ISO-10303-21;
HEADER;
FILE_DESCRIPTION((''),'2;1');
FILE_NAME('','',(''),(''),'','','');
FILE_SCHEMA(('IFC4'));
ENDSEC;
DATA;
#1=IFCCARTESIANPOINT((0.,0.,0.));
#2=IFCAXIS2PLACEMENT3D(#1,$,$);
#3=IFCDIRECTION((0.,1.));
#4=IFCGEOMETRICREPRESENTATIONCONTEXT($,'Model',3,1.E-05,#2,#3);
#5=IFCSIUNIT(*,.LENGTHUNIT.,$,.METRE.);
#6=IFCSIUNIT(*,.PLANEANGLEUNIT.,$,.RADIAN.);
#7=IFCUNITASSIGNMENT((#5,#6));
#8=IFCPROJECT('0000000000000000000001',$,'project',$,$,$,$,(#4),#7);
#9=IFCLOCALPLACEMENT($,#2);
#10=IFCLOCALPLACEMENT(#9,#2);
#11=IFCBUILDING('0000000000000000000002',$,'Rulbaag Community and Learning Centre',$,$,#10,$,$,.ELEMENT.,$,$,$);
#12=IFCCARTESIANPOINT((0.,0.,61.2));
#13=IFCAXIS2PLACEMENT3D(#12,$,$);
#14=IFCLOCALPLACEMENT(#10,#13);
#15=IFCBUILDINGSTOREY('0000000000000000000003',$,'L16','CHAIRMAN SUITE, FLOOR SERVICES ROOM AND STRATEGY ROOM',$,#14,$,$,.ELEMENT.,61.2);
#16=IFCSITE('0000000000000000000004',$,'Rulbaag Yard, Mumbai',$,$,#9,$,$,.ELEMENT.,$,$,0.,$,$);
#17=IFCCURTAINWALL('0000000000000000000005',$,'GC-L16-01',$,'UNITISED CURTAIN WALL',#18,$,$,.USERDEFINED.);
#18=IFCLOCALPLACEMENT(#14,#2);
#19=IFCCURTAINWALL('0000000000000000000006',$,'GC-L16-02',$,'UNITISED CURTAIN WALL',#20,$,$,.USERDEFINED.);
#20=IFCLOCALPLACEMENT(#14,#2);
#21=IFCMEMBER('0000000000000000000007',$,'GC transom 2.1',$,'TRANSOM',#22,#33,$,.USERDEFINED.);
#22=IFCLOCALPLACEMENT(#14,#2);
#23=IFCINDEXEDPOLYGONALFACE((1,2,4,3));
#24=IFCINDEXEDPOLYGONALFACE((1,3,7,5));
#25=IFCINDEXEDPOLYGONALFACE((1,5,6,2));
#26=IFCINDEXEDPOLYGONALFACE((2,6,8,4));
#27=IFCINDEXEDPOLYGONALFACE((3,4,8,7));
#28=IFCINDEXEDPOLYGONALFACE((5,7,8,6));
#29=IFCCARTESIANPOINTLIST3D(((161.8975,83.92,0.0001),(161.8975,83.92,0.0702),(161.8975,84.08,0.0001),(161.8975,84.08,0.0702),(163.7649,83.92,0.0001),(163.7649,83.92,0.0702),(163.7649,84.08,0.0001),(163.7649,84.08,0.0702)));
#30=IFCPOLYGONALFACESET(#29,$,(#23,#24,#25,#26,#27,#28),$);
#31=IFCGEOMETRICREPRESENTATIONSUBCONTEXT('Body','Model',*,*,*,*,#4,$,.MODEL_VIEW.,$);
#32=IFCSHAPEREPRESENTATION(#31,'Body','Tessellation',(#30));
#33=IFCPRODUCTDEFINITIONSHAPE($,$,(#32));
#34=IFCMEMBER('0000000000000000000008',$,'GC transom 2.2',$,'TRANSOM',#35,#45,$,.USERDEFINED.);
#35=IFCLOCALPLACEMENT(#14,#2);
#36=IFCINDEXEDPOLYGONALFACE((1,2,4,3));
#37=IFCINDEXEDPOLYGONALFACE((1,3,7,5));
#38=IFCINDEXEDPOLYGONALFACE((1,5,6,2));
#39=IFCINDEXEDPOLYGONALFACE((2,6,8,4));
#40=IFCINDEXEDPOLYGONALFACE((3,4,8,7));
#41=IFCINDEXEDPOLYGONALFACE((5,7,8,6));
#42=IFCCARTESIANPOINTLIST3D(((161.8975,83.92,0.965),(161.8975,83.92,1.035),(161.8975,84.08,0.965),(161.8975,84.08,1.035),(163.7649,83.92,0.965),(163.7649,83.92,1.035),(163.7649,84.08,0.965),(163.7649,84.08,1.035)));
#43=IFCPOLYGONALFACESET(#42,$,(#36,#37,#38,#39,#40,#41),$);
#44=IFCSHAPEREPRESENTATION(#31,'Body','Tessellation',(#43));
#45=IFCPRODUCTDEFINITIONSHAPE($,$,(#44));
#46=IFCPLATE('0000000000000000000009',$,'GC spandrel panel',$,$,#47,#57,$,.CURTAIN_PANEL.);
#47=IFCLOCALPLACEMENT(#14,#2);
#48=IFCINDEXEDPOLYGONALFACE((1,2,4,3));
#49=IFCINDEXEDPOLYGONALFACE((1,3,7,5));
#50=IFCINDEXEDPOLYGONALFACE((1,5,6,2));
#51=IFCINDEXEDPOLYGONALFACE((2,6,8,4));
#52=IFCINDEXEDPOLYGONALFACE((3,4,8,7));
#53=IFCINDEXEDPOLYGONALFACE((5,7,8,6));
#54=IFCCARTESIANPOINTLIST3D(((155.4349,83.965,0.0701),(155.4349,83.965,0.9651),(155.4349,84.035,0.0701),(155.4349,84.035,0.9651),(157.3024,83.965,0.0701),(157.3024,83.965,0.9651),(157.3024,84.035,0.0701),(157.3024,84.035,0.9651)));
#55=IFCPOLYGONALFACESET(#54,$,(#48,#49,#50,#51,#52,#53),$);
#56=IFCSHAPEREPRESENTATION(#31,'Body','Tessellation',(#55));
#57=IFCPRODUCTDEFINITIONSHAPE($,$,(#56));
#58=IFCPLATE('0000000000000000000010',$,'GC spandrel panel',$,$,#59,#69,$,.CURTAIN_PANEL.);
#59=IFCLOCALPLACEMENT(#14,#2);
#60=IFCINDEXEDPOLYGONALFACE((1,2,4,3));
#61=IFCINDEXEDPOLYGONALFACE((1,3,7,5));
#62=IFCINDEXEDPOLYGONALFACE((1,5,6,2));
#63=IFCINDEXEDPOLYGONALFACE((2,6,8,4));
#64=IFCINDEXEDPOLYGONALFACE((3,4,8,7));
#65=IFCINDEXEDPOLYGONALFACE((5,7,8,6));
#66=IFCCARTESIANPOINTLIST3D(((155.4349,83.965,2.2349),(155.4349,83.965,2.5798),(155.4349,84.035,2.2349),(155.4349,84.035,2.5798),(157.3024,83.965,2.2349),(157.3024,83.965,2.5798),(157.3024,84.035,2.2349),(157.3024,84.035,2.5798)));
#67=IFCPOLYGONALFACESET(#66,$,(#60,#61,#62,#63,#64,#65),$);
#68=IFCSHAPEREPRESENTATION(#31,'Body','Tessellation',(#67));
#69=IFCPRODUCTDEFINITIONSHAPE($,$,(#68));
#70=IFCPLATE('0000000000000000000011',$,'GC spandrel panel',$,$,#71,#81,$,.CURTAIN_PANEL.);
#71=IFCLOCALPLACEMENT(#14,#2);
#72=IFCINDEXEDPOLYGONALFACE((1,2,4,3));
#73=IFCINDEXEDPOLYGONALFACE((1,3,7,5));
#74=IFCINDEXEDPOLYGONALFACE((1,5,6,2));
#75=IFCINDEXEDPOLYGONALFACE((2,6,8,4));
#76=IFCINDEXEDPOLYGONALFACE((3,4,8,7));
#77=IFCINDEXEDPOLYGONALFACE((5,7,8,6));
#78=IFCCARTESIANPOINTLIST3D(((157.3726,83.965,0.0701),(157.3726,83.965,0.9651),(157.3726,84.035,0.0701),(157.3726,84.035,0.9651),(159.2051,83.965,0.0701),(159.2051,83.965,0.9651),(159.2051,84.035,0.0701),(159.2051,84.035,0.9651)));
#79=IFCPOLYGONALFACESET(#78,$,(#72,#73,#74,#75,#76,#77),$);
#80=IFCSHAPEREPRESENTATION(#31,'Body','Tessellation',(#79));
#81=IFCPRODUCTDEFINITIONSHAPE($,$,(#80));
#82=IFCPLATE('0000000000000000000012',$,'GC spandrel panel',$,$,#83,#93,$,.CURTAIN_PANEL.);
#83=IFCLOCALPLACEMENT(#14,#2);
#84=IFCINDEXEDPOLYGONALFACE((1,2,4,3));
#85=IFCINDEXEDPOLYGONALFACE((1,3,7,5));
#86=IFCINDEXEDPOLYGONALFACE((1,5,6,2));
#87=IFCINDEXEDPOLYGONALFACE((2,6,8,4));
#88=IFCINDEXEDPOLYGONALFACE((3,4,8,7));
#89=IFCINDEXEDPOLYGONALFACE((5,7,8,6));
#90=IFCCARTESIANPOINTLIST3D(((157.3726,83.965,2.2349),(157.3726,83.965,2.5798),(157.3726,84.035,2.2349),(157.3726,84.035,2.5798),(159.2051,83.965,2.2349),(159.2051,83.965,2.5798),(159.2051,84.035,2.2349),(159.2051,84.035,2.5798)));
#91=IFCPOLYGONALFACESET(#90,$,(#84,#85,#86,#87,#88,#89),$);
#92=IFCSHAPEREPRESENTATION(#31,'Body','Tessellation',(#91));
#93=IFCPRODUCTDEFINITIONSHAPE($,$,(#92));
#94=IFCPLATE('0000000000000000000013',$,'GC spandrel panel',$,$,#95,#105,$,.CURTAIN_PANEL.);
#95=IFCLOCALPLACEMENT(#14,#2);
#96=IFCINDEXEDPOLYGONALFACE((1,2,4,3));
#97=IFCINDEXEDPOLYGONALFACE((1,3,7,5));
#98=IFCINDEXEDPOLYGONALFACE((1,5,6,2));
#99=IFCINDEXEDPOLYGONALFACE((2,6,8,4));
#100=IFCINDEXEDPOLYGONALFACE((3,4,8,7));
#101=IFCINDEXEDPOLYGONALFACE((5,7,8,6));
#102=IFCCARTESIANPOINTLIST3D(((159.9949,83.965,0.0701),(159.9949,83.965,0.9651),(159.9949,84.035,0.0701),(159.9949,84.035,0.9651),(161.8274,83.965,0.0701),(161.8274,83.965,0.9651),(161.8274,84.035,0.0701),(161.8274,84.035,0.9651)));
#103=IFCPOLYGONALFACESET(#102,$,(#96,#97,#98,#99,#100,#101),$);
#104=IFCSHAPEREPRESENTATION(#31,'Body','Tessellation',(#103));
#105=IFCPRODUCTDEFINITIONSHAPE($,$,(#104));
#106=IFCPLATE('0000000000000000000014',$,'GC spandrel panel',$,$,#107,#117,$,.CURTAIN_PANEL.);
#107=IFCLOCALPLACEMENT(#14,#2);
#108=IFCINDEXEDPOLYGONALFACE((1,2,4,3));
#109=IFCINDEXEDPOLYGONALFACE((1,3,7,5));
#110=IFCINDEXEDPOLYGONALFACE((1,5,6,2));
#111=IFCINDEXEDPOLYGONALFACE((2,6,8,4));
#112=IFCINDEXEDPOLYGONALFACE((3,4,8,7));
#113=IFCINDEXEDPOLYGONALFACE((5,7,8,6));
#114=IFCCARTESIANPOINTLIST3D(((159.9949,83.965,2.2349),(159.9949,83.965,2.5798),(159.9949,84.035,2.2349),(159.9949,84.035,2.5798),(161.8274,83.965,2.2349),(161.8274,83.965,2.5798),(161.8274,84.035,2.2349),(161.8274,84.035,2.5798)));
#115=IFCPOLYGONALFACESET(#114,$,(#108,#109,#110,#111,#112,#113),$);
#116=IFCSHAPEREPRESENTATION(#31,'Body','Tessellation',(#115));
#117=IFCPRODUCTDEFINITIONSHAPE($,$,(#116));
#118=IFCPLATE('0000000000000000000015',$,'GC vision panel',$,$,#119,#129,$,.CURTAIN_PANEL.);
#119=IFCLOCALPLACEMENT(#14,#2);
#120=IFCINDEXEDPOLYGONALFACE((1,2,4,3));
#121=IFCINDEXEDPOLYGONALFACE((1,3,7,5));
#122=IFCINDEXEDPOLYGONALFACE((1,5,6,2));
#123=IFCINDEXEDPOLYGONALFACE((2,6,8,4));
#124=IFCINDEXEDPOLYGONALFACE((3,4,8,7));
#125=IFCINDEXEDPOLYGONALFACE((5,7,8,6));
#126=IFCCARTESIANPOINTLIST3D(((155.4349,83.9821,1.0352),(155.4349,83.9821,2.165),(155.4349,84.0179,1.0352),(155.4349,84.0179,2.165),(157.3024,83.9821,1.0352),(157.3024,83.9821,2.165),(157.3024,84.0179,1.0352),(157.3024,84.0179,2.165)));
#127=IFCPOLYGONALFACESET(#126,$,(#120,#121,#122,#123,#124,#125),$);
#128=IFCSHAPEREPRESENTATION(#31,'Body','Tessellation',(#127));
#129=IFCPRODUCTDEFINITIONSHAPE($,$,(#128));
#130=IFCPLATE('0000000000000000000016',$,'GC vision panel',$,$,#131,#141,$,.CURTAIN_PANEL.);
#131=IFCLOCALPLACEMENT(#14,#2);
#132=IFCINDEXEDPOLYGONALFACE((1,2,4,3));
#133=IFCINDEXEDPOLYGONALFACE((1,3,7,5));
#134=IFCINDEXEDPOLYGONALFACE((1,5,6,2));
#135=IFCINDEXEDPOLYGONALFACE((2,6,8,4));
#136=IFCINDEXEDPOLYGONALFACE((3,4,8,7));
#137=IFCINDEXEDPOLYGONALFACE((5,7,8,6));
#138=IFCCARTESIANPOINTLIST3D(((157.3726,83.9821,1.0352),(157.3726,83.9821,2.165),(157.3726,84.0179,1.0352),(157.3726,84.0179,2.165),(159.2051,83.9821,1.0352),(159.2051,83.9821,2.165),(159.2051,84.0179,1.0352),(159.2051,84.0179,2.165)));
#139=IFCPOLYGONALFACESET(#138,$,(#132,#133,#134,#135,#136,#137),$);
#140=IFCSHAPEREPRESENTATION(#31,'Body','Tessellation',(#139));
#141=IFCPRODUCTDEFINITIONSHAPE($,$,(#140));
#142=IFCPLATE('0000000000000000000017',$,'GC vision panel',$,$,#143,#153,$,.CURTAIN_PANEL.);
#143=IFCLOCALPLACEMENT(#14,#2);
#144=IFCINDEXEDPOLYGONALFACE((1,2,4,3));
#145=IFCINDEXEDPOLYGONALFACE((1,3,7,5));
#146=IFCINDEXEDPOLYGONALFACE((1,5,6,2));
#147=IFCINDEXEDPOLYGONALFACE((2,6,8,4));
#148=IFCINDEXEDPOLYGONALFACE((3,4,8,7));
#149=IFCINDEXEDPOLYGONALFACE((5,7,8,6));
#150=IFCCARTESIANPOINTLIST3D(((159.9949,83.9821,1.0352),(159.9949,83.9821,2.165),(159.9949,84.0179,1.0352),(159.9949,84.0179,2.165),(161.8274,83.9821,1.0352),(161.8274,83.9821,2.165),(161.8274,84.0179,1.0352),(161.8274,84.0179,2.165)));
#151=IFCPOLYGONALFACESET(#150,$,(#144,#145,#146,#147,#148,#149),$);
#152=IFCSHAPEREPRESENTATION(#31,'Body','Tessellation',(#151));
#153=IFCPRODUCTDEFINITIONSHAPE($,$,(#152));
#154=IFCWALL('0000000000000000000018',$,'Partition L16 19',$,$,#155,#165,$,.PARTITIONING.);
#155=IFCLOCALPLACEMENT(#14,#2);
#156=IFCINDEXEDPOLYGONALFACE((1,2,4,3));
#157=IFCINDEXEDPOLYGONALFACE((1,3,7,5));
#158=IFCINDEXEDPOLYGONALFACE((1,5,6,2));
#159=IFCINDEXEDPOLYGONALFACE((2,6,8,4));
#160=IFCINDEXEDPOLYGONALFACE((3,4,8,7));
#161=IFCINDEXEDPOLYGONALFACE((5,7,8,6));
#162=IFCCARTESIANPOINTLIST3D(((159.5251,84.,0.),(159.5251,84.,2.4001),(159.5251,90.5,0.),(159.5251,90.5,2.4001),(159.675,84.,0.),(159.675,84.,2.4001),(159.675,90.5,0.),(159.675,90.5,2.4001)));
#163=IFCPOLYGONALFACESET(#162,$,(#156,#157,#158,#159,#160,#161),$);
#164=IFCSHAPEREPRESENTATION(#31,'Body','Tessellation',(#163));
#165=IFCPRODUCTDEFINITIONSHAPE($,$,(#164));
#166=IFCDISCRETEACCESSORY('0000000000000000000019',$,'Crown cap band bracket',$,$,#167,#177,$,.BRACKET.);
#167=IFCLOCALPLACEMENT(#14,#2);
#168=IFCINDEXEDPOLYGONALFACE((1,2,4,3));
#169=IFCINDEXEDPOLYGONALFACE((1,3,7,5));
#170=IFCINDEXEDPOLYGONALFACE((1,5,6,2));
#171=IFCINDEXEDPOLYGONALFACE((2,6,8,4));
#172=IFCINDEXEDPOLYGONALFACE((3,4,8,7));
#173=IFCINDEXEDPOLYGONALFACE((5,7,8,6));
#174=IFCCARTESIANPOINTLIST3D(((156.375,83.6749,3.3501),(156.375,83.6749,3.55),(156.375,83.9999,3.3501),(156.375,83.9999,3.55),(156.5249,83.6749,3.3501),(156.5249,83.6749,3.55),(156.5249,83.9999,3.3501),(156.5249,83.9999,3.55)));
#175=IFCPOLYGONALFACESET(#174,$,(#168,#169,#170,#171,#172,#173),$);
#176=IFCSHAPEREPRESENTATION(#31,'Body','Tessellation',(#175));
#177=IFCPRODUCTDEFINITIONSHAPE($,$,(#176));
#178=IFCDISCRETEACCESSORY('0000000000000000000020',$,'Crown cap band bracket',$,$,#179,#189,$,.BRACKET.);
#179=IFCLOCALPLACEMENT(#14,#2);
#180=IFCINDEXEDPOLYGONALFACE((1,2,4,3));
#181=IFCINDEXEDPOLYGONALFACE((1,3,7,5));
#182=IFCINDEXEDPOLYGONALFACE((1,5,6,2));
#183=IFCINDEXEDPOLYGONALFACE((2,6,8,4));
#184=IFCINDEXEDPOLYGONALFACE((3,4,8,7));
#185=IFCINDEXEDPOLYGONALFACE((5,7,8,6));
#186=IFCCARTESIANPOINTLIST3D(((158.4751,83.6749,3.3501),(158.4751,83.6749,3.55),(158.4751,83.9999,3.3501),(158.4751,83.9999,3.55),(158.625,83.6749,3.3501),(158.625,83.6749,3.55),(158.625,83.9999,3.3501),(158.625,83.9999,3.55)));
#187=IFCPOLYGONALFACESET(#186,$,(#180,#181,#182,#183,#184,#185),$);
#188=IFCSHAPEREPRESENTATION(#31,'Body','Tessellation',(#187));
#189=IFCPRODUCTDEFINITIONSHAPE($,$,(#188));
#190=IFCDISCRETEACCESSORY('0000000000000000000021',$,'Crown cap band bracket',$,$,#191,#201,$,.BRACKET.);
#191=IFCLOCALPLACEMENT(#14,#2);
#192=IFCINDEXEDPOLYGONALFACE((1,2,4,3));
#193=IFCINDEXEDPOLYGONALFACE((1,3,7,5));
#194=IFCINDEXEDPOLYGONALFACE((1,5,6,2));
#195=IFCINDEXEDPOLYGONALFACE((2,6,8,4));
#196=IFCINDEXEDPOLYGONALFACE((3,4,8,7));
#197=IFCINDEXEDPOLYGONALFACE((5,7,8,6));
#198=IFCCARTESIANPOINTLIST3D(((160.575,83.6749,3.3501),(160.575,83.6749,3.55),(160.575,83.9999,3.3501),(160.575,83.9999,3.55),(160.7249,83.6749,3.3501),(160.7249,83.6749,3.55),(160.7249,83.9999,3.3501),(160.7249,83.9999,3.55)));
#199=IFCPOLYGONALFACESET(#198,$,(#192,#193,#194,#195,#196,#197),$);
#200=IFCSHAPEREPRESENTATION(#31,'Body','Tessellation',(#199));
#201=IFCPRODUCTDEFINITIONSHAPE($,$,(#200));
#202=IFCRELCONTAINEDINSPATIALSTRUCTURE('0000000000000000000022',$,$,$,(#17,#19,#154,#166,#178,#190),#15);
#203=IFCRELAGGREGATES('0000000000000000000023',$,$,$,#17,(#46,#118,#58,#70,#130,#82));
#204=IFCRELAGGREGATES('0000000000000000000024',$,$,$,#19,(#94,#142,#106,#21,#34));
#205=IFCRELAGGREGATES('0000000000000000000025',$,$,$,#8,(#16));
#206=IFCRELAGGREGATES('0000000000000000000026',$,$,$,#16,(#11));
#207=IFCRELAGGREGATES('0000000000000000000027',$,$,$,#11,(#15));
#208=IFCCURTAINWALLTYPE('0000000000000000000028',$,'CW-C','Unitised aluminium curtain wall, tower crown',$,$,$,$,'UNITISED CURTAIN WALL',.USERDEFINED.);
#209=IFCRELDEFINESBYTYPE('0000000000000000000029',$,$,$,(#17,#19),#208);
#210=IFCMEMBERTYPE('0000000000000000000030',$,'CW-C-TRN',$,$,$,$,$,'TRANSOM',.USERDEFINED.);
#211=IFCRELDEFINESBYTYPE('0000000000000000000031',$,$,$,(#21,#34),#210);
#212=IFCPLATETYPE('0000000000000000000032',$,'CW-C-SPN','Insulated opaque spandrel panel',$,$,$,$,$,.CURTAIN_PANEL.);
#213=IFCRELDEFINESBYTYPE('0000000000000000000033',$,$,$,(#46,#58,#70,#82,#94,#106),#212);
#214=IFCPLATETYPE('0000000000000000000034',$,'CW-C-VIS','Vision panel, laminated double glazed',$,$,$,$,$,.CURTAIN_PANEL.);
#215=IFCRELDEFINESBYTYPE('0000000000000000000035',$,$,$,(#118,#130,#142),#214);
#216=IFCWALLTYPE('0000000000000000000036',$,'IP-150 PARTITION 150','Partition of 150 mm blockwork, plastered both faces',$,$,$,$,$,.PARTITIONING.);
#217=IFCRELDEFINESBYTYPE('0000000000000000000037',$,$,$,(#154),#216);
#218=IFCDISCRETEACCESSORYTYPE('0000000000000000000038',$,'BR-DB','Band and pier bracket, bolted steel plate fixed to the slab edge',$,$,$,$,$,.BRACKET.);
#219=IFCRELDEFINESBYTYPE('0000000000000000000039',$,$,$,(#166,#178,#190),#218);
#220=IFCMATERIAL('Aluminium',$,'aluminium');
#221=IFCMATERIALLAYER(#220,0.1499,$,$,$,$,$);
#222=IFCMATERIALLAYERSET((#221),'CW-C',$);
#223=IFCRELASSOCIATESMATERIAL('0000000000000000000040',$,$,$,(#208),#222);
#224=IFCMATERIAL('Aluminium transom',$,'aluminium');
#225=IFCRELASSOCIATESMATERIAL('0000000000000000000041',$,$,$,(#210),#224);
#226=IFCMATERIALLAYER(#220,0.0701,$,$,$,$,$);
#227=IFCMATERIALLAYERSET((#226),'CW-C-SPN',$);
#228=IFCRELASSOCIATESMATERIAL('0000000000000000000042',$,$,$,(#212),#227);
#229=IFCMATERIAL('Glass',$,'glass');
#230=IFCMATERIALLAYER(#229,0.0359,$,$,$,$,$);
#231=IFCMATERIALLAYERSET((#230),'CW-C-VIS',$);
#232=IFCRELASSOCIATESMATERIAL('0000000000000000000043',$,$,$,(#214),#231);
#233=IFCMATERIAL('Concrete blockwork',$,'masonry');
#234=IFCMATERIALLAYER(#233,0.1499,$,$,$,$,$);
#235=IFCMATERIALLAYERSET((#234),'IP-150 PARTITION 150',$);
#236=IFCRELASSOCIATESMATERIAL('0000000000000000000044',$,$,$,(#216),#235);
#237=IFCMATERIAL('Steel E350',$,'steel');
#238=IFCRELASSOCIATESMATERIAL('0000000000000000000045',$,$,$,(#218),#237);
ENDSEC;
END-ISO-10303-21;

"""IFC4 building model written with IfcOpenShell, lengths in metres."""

from ifc_helpers import new_model, si_unit, direction, frame, frame_2d, origin, origin_2d, place, context, subcontext, project, spatial, rectangle, extrude, material, layer, layer_set, material_profile, profile_set, type_object, element, aggregate, save


model = new_model("IFC4")

# Units and contexts
model_context = context("Model", 3, precision=1e-05, world=origin(), true_north=direction((0.0, 1.0)))
body_context = subcontext(model_context, "Body", "Model", "MODEL_VIEW")
ifc_project = project(units=[si_unit("LENGTHUNIT", "METRE"), si_unit("PLANEANGLEUNIT", "RADIAN")], contexts=[model_context])

# Site, building, storey
site_placement = place(None, origin())
site = spatial("IfcSite", under=ifc_project, at=site_placement, Name="Rulbaag Yard, Mumbai", CompositionType="ELEMENT", RefElevation=0.0)
building_placement = place(site_placement, origin())
building = spatial("IfcBuilding", under=site, at=building_placement, Name="Rulbaag Community and Learning Centre", CompositionType="ELEMENT")
storey_placement = place(building_placement, frame((0.0, 0.0, 61.2)))
storey = spatial("IfcBuildingStorey", under=building, at=storey_placement, Name="L16", Description="CHAIRMAN SUITE, FLOOR SERVICES ROOM AND STRATEGY ROOM", CompositionType="ELEMENT", Elevation=61.2)

# Curtain walls
ifc_material_1 = material(Name="Aluminium", Category="aluminium")
ifc_layer_1 = layer(ifc_material_1, 0.1499)
ifc_layer_set_1 = layer_set([ifc_layer_1], Name="CW-C")
curtain_wall_type = type_object("IfcCurtainWallType", Name="CW-C", Description="Unitised aluminium curtain wall, tower crown", ElementType="UNITISED CURTAIN WALL", PredefinedType="USERDEFINED", material=ifc_layer_set_1)
curtain_wall_1_placement = place(storey_placement, origin())
curtain_wall_1 = element("IfcCurtainWall", 1, at=curtain_wall_1_placement, inside=storey, type_object=curtain_wall_type, Name="GC-L16-01", ObjectType="UNITISED CURTAIN WALL", PredefinedType="USERDEFINED")
curtain_wall_2_placement = place(storey_placement, origin())
curtain_wall_2 = element("IfcCurtainWall", 2, at=curtain_wall_2_placement, inside=storey, type_object=curtain_wall_type, Name="GC-L16-02", ObjectType="UNITISED CURTAIN WALL", PredefinedType="USERDEFINED")

# Members
ifc_material_2 = material(Name="Aluminium transom", Category="aluminium")
ifc_material_profile_1 = material_profile(ifc_material_2, rectangle(XDim=0.1599, YDim=0.0701, at=origin_2d()), Name="AL 70x160 T")
ifc_profile_set_1 = profile_set([ifc_material_profile_1], Name="Aluminium transom")
member_type_1 = type_object("IfcMemberType", Name="CW-C-TRN", ElementType="TRANSOM", PredefinedType="USERDEFINED", material=ifc_profile_set_1)
member_1_placement = place(storey_placement, frame((161.8975, 84.0, 0.0352), z_axis=(1.0, 0.0, 0.0), x_axis=(0.0, 1.0, 0.0)))
member_1 = element("IfcMember", 3, at=member_1_placement, type_object=member_type_1, Name="GC transom 2.1", ObjectType="TRANSOM", PredefinedType="USERDEFINED", context=body_context, shape_type="SweptSolid", body=[
    extrude(rectangle(XDim=0.1599, YDim=0.0701, at=origin_2d()), origin(), (0.0, 0.0, 1.0), 1.8674),
])
member_2_placement = place(storey_placement, frame((161.8975, 84.0, 1.0), z_axis=(1.0, 0.0, 0.0), x_axis=(0.0, 1.0, 0.0)))
member_2 = element("IfcMember", 4, at=member_2_placement, type_object=member_type_1, Name="GC transom 2.2", ObjectType="TRANSOM", PredefinedType="USERDEFINED", context=body_context, shape_type="SweptSolid", body=[
    extrude(rectangle(XDim=0.1599, YDim=0.0701, at=origin_2d()), origin(), (0.0, 0.0, 1.0), 1.8674),
])

# Plates
ifc_layer_2 = layer(ifc_material_1, 0.0701)
ifc_layer_set_2 = layer_set([ifc_layer_2], Name="CW-C-SPN")
plate_type_1 = type_object("IfcPlateType", Name="CW-C-SPN", Description="Insulated opaque spandrel panel", PredefinedType="CURTAIN_PANEL", material=ifc_layer_set_2)
plate_1_placement = place(storey_placement, frame((156.3687, 84.0, 0.0701), z_axis=(0.0, 0.0, 1.0), x_axis=(1.0, 0.0, 0.0)))
plate_1 = element("IfcPlate", 5, at=plate_1_placement, type_object=plate_type_1, Name="GC spandrel panel", PredefinedType="CURTAIN_PANEL", context=body_context, shape_type="SweptSolid", body=[
    extrude(rectangle(XDim=1.8674, YDim=0.0701, at=origin_2d()), origin(), (0.0, 0.0, 1.0), 0.895),
])
plate_2_placement = place(storey_placement, frame((156.3687, 84.0, 2.2349), z_axis=(0.0, 0.0, 1.0), x_axis=(1.0, 0.0, 0.0)))
plate_2 = element("IfcPlate", 6, at=plate_2_placement, type_object=plate_type_1, Name="GC spandrel panel", PredefinedType="CURTAIN_PANEL", context=body_context, shape_type="SweptSolid", body=[
    extrude(rectangle(XDim=1.8674, YDim=0.0701, at=origin_2d()), origin(), (0.0, 0.0, 1.0), 0.345),
])
plate_3_placement = place(storey_placement, frame((158.2888, 84.0, 0.0701), z_axis=(0.0, 0.0, 1.0), x_axis=(1.0, 0.0, 0.0)))
plate_3 = element("IfcPlate", 7, at=plate_3_placement, type_object=plate_type_1, Name="GC spandrel panel", PredefinedType="CURTAIN_PANEL", context=body_context, shape_type="SweptSolid", body=[
    extrude(rectangle(XDim=1.8325, YDim=0.0701, at=origin_2d()), origin(), (0.0, 0.0, 1.0), 0.895),
])
plate_4_placement = place(storey_placement, frame((158.2888, 84.0, 2.2349), z_axis=(0.0, 0.0, 1.0), x_axis=(1.0, 0.0, 0.0)))
plate_4 = element("IfcPlate", 8, at=plate_4_placement, type_object=plate_type_1, Name="GC spandrel panel", PredefinedType="CURTAIN_PANEL", context=body_context, shape_type="SweptSolid", body=[
    extrude(rectangle(XDim=1.8325, YDim=0.0701, at=origin_2d()), origin(), (0.0, 0.0, 1.0), 0.345),
])
plate_5_placement = place(storey_placement, frame((160.9111, 84.0, 0.0701), z_axis=(0.0, 0.0, 1.0), x_axis=(1.0, 0.0, 0.0)))
plate_5 = element("IfcPlate", 9, at=plate_5_placement, type_object=plate_type_1, Name="GC spandrel panel", PredefinedType="CURTAIN_PANEL", context=body_context, shape_type="SweptSolid", body=[
    extrude(rectangle(XDim=1.8325, YDim=0.0701, at=origin_2d()), origin(), (0.0, 0.0, 1.0), 0.895),
])
plate_6_placement = place(storey_placement, frame((160.9111, 84.0, 2.2349), z_axis=(0.0, 0.0, 1.0), x_axis=(1.0, 0.0, 0.0)))
plate_6 = element("IfcPlate", 10, at=plate_6_placement, type_object=plate_type_1, Name="GC spandrel panel", PredefinedType="CURTAIN_PANEL", context=body_context, shape_type="SweptSolid", body=[
    extrude(rectangle(XDim=1.8325, YDim=0.0701, at=origin_2d()), origin(), (0.0, 0.0, 1.0), 0.345),
])
ifc_material_3 = material(Name="Glass", Category="glass")
ifc_layer_3 = layer(ifc_material_3, 0.0359)
ifc_layer_set_3 = layer_set([ifc_layer_3], Name="CW-C-VIS")
plate_type_2 = type_object("IfcPlateType", Name="CW-C-VIS", Description="Vision panel, laminated double glazed", PredefinedType="CURTAIN_PANEL", material=ifc_layer_set_3)
plate_7_placement = place(storey_placement, frame((156.3687, 84.0, 1.0352), z_axis=(0.0, 0.0, 1.0), x_axis=(1.0, 0.0, 0.0)))
plate_7 = element("IfcPlate", 11, at=plate_7_placement, type_object=plate_type_2, Name="GC vision panel", PredefinedType="CURTAIN_PANEL", context=body_context, shape_type="SweptSolid", body=[
    extrude(rectangle(XDim=1.8674, YDim=0.0359, at=origin_2d()), origin(), (0.0, 0.0, 1.0), 1.1299),
])
plate_8_placement = place(storey_placement, frame((158.2888, 84.0, 1.0352), z_axis=(0.0, 0.0, 1.0), x_axis=(1.0, 0.0, 0.0)))
plate_8 = element("IfcPlate", 12, at=plate_8_placement, type_object=plate_type_2, Name="GC vision panel", PredefinedType="CURTAIN_PANEL", context=body_context, shape_type="SweptSolid", body=[
    extrude(rectangle(XDim=1.8325, YDim=0.0359, at=origin_2d()), origin(), (0.0, 0.0, 1.0), 1.1299),
])
aggregate(curtain_wall_1, [plate_1, plate_7, plate_2, plate_3, plate_8, plate_4])
plate_9_placement = place(storey_placement, frame((160.9111, 84.0, 1.0352), z_axis=(0.0, 0.0, 1.0), x_axis=(1.0, 0.0, 0.0)))
plate_9 = element("IfcPlate", 13, at=plate_9_placement, type_object=plate_type_2, Name="GC vision panel", PredefinedType="CURTAIN_PANEL", context=body_context, shape_type="SweptSolid", body=[
    extrude(rectangle(XDim=1.8325, YDim=0.0359, at=origin_2d()), origin(), (0.0, 0.0, 1.0), 1.1299),
])
aggregate(curtain_wall_2, [plate_5, plate_9, plate_6, member_1, member_2])

# Wall
ifc_material_4 = material(Name="Concrete blockwork", Category="masonry")
ifc_layer_4 = layer(ifc_material_4, 0.1499)
ifc_layer_set_4 = layer_set([ifc_layer_4], Name="IP-150 PARTITION 150")
wall_type = type_object("IfcWallType", Name="IP-150 PARTITION 150", Description="Partition of 150 mm blockwork, plastered both faces", PredefinedType="PARTITIONING", material=ifc_layer_set_4)
wall_placement = place(storey_placement, frame((159.6001, 84.0, 0.0), z_axis=(0.0, 0.0, 1.0), x_axis=(0.0, 1.0, 0.0)))
element("IfcWall", 14, at=wall_placement, inside=storey, type_object=wall_type, Name="Partition L16 19", PredefinedType="PARTITIONING", context=body_context, shape_type="SweptSolid", body=[
    extrude(rectangle(XDim=6.5, YDim=0.1499, at=frame_2d((3.25, 0.0))), origin(), (0.0, 0.0, 1.0), 2.4001),
])

# Discrete accessories
ifc_material_5 = material(Name="Steel E350", Category="steel")
discrete_accessory_type_1 = type_object("IfcDiscreteAccessoryType", Name="BR-DB", Description="Band and pier bracket, bolted steel plate fixed to the slab edge", PredefinedType="BRACKET", material=ifc_material_5)
for number, where, z_axis, x_axis, name in (
    (15, (156.45, 83.8374, 3.3501), (0.0, 0.0, 1.0), (1.0, 0.0, 0.0), "Crown cap band bracket"),
    (16, (158.55, 83.8374, 3.3501), (0.0, 0.0, 1.0), (1.0, 0.0, 0.0), "Crown cap band bracket"),
    (17, (160.6499, 83.8374, 3.3501), (0.0, 0.0, 1.0), (1.0, 0.0, 0.0), "Crown cap band bracket"),
):
    element("IfcDiscreteAccessory", number, at=place(storey_placement, frame(where, z_axis=z_axis, x_axis=x_axis)), inside=storey, type_object=discrete_accessory_type_1, Name=name, PredefinedType="BRACKET", context=body_context, shape_type="SweptSolid", body=[
        extrude(rectangle(XDim=0.1499, YDim=0.325, at=origin_2d()), origin(), (0.0, 0.0, 1.0), 0.2),
    ])

save(model, "model.ifc")
